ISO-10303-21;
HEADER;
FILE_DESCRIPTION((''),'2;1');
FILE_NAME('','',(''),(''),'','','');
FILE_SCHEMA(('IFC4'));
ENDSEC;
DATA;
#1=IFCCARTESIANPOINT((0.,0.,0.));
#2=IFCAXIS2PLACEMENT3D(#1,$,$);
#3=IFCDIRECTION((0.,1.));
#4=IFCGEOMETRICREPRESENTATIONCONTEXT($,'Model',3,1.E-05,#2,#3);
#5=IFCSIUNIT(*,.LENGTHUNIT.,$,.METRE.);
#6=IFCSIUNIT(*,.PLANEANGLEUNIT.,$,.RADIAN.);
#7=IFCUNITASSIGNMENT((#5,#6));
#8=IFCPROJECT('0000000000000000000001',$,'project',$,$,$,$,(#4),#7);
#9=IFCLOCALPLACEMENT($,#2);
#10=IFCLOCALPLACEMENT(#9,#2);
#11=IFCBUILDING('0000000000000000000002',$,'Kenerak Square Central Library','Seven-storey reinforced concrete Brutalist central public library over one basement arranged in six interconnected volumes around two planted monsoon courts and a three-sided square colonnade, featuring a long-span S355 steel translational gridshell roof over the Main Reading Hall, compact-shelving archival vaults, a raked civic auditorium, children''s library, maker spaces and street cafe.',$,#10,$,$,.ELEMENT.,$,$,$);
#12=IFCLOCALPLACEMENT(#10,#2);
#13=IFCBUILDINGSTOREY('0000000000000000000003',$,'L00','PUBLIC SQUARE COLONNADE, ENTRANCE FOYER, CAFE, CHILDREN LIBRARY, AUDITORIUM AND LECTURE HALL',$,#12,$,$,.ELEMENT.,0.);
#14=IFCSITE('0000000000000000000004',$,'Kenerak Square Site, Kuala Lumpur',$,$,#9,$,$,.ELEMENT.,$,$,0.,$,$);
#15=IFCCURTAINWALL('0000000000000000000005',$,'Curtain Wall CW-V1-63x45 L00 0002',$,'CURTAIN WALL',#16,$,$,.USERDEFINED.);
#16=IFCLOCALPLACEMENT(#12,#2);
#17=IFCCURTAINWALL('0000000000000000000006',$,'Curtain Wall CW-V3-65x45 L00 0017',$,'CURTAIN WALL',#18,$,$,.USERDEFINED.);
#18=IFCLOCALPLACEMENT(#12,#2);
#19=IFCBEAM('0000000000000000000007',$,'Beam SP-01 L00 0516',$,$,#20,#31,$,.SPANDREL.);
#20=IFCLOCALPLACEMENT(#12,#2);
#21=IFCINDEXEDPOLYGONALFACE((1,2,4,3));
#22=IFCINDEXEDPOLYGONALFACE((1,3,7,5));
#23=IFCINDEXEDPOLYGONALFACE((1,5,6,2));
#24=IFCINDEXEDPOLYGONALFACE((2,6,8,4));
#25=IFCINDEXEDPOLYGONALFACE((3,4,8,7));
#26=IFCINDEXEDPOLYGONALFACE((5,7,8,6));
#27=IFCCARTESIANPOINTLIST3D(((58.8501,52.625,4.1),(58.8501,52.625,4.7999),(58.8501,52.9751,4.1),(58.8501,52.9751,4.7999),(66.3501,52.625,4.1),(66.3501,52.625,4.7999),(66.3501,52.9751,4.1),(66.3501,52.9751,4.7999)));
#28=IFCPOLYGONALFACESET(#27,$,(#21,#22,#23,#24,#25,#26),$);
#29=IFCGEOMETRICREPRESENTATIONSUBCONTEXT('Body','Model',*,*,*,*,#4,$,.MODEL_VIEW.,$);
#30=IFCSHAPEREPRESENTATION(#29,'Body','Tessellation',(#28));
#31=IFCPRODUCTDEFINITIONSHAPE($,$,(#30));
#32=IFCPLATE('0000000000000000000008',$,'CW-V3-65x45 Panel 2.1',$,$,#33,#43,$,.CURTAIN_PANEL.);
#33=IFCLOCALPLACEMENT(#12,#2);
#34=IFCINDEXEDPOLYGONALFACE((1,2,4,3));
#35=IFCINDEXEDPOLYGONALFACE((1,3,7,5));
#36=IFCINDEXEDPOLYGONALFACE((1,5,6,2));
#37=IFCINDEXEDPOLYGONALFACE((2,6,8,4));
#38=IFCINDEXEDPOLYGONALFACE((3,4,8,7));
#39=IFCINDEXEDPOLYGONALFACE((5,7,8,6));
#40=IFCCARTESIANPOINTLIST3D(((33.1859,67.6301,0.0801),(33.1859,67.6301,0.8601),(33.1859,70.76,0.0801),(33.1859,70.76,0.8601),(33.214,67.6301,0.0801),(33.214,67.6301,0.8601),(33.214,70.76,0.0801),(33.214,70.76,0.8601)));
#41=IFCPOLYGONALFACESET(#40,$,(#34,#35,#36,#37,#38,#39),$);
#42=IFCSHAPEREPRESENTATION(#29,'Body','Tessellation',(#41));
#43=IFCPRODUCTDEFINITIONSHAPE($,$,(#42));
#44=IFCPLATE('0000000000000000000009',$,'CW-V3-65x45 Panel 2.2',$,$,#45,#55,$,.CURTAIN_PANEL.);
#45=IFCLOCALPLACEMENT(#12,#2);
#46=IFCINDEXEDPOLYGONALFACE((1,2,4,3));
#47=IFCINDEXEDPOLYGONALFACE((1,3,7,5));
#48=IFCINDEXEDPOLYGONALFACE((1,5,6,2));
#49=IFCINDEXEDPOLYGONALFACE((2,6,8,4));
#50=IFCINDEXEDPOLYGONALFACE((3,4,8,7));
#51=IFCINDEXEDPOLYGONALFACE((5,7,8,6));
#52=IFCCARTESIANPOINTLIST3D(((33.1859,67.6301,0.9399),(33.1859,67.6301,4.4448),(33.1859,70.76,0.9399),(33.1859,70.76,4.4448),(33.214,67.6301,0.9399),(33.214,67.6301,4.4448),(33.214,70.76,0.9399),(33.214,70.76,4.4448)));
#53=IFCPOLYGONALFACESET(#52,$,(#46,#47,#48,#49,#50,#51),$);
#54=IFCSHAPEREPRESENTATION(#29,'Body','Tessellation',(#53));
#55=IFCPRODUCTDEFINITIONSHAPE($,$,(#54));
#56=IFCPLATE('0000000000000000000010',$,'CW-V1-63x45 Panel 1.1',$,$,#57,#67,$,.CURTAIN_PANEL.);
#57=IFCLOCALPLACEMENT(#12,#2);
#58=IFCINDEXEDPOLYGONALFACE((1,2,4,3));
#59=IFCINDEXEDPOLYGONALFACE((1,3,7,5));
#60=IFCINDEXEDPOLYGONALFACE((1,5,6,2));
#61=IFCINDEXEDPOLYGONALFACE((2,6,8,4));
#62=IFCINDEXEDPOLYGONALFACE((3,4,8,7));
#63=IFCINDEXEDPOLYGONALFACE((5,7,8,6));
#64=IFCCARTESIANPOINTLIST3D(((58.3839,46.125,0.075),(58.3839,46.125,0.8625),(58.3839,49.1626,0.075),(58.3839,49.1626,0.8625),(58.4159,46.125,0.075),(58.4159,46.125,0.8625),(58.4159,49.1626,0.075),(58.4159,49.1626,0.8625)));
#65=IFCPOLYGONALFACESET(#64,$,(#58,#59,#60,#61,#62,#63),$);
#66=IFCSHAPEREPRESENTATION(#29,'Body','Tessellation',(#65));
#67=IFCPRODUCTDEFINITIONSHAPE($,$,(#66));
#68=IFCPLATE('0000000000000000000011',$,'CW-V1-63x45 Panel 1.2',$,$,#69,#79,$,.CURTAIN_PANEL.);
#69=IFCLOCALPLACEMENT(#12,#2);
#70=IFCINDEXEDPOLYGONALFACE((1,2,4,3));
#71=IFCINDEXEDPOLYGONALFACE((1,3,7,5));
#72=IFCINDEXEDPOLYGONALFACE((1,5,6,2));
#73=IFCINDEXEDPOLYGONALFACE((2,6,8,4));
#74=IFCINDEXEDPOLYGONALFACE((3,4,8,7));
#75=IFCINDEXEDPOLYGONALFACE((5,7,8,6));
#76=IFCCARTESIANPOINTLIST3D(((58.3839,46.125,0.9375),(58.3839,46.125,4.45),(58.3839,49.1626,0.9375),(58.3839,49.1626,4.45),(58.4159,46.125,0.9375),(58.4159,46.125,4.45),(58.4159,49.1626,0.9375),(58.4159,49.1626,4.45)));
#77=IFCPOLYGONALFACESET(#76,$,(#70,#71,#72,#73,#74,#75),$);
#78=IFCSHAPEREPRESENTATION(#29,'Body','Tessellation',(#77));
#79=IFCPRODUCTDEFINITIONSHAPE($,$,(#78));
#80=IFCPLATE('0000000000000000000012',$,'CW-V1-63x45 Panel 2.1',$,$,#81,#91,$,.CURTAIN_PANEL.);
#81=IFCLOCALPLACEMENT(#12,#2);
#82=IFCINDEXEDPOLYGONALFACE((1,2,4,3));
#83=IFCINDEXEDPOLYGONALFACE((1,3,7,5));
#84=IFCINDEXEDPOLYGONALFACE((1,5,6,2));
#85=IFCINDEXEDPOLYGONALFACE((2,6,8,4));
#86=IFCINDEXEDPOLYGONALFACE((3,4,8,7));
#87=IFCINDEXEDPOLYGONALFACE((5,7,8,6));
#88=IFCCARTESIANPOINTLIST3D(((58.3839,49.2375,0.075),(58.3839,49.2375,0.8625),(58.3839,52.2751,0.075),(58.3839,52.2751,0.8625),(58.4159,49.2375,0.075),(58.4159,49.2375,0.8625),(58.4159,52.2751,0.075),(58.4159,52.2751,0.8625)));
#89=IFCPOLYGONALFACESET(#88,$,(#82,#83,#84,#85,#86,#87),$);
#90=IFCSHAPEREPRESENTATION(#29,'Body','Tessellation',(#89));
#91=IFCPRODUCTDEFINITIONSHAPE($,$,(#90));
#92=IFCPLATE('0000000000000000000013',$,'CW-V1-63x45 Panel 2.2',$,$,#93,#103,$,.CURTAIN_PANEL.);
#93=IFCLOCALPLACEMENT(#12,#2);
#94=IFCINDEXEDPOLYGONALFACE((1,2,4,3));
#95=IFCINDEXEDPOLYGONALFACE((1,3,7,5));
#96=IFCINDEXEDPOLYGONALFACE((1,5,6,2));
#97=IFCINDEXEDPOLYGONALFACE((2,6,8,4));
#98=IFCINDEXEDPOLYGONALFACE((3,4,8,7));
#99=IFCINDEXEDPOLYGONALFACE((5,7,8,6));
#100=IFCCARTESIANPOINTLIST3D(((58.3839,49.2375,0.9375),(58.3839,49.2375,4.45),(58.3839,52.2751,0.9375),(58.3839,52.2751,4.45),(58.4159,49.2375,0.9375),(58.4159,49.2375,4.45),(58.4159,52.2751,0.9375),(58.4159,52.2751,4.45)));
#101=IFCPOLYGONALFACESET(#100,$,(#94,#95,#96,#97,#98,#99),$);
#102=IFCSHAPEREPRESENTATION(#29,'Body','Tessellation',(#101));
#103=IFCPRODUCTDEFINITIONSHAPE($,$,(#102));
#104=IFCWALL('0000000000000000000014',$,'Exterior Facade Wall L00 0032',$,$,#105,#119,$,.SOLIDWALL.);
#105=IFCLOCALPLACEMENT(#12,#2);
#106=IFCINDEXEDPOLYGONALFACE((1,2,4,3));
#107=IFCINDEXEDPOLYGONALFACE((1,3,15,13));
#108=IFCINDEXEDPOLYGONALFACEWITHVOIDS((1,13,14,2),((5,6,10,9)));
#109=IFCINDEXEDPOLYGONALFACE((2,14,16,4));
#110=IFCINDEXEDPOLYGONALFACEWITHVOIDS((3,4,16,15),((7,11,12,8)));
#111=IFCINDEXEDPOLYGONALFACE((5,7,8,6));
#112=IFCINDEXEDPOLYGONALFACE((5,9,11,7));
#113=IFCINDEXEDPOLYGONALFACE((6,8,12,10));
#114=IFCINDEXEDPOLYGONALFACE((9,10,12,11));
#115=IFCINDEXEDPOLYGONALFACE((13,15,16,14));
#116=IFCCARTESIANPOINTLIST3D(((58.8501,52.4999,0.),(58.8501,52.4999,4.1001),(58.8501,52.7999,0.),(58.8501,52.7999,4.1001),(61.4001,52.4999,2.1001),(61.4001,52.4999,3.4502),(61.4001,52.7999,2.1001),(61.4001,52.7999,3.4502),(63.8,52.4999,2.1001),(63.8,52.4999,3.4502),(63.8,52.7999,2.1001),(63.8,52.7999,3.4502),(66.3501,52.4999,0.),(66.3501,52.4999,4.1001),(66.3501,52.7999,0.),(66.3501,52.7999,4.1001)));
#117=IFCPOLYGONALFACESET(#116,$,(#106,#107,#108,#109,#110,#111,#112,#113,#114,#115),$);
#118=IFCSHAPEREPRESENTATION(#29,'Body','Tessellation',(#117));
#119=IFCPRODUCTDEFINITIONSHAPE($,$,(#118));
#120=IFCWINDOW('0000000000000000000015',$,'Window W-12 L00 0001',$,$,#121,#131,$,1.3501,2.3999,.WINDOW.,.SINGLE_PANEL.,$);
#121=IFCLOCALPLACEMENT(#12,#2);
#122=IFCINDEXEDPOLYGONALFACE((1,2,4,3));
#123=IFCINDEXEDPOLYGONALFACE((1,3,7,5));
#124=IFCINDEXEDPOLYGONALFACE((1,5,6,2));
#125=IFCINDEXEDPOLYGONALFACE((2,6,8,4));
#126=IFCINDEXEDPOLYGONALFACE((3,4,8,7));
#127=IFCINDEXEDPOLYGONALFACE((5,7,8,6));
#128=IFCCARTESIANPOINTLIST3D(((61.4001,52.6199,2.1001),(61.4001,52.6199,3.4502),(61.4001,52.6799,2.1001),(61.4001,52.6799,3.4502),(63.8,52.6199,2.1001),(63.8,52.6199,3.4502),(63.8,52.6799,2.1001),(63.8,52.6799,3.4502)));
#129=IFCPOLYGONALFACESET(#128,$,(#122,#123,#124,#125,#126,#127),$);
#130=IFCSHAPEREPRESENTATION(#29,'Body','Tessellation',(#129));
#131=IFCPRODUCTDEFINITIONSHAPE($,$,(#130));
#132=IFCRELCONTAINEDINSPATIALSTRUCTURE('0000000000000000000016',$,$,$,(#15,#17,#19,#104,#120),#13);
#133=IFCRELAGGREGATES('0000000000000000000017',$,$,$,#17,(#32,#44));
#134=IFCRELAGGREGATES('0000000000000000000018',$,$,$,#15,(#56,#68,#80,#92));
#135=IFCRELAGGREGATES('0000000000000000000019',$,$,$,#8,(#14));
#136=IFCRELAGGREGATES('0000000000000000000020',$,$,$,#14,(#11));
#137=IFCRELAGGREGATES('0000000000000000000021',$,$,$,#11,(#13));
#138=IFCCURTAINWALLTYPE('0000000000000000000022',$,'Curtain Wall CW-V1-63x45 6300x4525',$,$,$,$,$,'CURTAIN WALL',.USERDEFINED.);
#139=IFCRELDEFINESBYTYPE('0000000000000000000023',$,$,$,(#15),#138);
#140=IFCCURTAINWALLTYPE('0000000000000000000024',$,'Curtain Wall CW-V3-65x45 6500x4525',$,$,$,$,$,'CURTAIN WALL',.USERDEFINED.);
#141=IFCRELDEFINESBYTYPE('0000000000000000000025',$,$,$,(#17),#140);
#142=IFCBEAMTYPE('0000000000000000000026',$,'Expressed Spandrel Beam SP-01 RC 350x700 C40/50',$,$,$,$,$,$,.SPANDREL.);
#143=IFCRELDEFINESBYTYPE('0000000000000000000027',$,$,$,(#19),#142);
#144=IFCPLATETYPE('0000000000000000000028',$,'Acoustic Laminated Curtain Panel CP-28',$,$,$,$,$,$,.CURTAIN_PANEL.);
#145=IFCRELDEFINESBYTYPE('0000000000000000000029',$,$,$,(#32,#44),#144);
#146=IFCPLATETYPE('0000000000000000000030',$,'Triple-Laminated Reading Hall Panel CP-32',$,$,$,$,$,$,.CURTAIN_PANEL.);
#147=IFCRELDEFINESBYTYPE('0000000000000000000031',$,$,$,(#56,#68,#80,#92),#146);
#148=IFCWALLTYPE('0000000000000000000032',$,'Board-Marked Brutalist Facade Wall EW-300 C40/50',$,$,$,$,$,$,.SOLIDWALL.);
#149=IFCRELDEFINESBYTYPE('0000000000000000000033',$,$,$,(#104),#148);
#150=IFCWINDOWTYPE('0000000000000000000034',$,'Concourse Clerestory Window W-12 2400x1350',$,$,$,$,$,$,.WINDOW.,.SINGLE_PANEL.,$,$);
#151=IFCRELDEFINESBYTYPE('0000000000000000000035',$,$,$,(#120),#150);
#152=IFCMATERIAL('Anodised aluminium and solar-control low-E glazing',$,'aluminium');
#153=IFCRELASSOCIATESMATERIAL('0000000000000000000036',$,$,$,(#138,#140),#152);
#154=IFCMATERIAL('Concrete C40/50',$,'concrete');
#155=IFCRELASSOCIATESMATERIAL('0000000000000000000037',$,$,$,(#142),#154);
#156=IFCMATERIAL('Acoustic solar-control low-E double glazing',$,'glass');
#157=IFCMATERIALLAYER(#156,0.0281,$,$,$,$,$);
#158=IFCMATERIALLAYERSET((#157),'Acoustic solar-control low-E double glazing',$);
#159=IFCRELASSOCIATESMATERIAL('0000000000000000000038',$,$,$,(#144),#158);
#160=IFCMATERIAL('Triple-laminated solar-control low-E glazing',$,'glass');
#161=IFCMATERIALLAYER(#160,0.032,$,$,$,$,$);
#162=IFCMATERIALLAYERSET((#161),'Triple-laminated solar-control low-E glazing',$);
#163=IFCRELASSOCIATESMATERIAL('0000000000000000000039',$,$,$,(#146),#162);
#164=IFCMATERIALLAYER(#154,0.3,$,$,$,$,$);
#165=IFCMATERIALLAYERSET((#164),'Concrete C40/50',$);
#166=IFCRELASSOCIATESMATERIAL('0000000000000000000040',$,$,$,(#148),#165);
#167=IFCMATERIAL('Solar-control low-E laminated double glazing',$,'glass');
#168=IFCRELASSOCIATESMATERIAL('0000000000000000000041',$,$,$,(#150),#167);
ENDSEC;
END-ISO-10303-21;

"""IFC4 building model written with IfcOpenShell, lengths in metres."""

from ifc_helpers import new_model, si_unit, direction, frame, frame_2d, origin, origin_2d, place, context, subcontext, project, spatial, rectangle, extrude, material, layer, layer_set, material_profile, profile_set, type_object, element, fill, aggregate, save


model = new_model("IFC4")

# Units and contexts
model_context = context("Model", 3, precision=1e-05, world=origin(), true_north=direction((0.0, 1.0)))
body_context = subcontext(model_context, "Body", "Model", "MODEL_VIEW")
ifc_project = project(units=[si_unit("LENGTHUNIT", "METRE"), si_unit("PLANEANGLEUNIT", "RADIAN")], contexts=[model_context])

# Site, building, storey
site_placement = place(None, origin())
site = spatial("IfcSite", under=ifc_project, at=site_placement, Name="Kenerak Square Site, Kuala Lumpur", CompositionType="ELEMENT", RefElevation=0.0)
building_placement = place(site_placement, origin())
building = spatial("IfcBuilding", under=site, at=building_placement, Name="Kenerak Square Central Library", Description="Seven-storey reinforced concrete Brutalist central public library over one basement arranged in six interconnected volumes around two planted monsoon courts and a three-sided square colonnade, featuring a long-span S355 steel translational gridshell roof over the Main Reading Hall, compact-shelving archival vaults, a raked civic auditorium, children's library, maker spaces and street cafe.", CompositionType="ELEMENT")
storey_placement = place(building_placement, origin())
storey = spatial("IfcBuildingStorey", under=building, at=storey_placement, Name="L00", Description="PUBLIC SQUARE COLONNADE, ENTRANCE FOYER, CAFE, CHILDREN LIBRARY, AUDITORIUM AND LECTURE HALL", CompositionType="ELEMENT", Elevation=0.0)

# Shared definitions
ifc_material_1 = material(Name="Concrete C40/50", Category="concrete")

# Curtain wall
ifc_material_2 = material(Name="Anodised aluminium and solar-control low-E glazing", Category="aluminium")
curtain_wall_type_1 = type_object("IfcCurtainWallType", Name="Curtain Wall CW-V1-63x45 6300x4525", ElementType="CURTAIN WALL", PredefinedType="USERDEFINED", material=ifc_material_2)
curtain_wall_1_placement = place(storey_placement, origin())
curtain_wall_1 = element("IfcCurtainWall", 1, at=curtain_wall_1_placement, inside=storey, type_object=curtain_wall_type_1, Name="Curtain Wall CW-V1-63x45 L00 0002", ObjectType="CURTAIN WALL", PredefinedType="USERDEFINED")

# Curtain wall
curtain_wall_type_2 = type_object("IfcCurtainWallType", Name="Curtain Wall CW-V3-65x45 6500x4525", ElementType="CURTAIN WALL", PredefinedType="USERDEFINED", material=ifc_material_2)
curtain_wall_2_placement = place(storey_placement, origin())
curtain_wall_2 = element("IfcCurtainWall", 2, at=curtain_wall_2_placement, inside=storey, type_object=curtain_wall_type_2, Name="Curtain Wall CW-V3-65x45 L00 0017", ObjectType="CURTAIN WALL", PredefinedType="USERDEFINED")

# Beam
ifc_material_profile_1 = material_profile(ifc_material_1, rectangle(XDim=0.3501, YDim=0.7, at=origin_2d()), Name="RC 350x700")
ifc_profile_set_1 = profile_set([ifc_material_profile_1], Name="Concrete C40/50")
beam_type_1 = type_object("IfcBeamType", Name="Expressed Spandrel Beam SP-01 RC 350x700 C40/50", PredefinedType="SPANDREL", material=ifc_profile_set_1)
beam_1_placement = place(storey_placement, frame((58.8501, 52.8, 4.45), z_axis=(1.0, 0.0, 0.0), x_axis=(0.0, 1.0, 0.0)))
element("IfcBeam", 3, at=beam_1_placement, inside=storey, type_object=beam_type_1, Name="Beam SP-01 L00 0516", PredefinedType="SPANDREL", context=body_context, shape_type="SweptSolid", body=[
    extrude(rectangle(XDim=0.3501, YDim=0.7, at=origin_2d()), origin(), (0.0, 0.0, 1.0), 7.5),
])

# Plates
ifc_material_3 = material(Name="Acoustic solar-control low-E double glazing", Category="glass")
ifc_layer_1 = layer(ifc_material_3, 0.0281)
ifc_layer_set_1 = layer_set([ifc_layer_1], Name="Acoustic solar-control low-E double glazing")
plate_type_1 = type_object("IfcPlateType", Name="Acoustic Laminated Curtain Panel CP-28", PredefinedType="CURTAIN_PANEL", material=ifc_layer_set_1)
plate_1_placement = place(storey_placement, frame((33.2, 69.1951, 0.0801), z_axis=(0.0, 0.0, 1.0), x_axis=(0.0, -1.0, 0.0)))
plate_1 = element("IfcPlate", 4, at=plate_1_placement, type_object=plate_type_1, Name="CW-V3-65x45 Panel 2.1", PredefinedType="CURTAIN_PANEL", context=body_context, shape_type="SweptSolid", body=[
    extrude(rectangle(XDim=3.1299, YDim=0.0281, at=origin_2d()), origin(), (0.0, 0.0, 1.0), 0.78),
])
plate_2_placement = place(storey_placement, frame((33.2, 69.1951, 0.9399), z_axis=(0.0, 0.0, 1.0), x_axis=(0.0, -1.0, 0.0)))
plate_2 = element("IfcPlate", 5, at=plate_2_placement, type_object=plate_type_1, Name="CW-V3-65x45 Panel 2.2", PredefinedType="CURTAIN_PANEL", context=body_context, shape_type="SweptSolid", body=[
    extrude(rectangle(XDim=3.1299, YDim=0.0281, at=origin_2d()), origin(), (0.0, 0.0, 1.0), 3.5049),
])
aggregate(curtain_wall_2, [plate_1, plate_2])
ifc_material_4 = material(Name="Triple-laminated solar-control low-E glazing", Category="glass")
ifc_layer_2 = layer(ifc_material_4, 0.032)
ifc_layer_set_2 = layer_set([ifc_layer_2], Name="Triple-laminated solar-control low-E glazing")
plate_type_2 = type_object("IfcPlateType", Name="Triple-Laminated Reading Hall Panel CP-32", PredefinedType="CURTAIN_PANEL", material=ifc_layer_set_2)
plate_3_placement = place(storey_placement, frame((58.3999, 47.6438, 0.075), z_axis=(0.0, 0.0, 1.0), x_axis=(0.0, 1.0, 0.0)))
plate_3 = element("IfcPlate", 6, at=plate_3_placement, type_object=plate_type_2, Name="CW-V1-63x45 Panel 1.1", PredefinedType="CURTAIN_PANEL", context=body_context, shape_type="SweptSolid", body=[
    extrude(rectangle(XDim=3.0376, YDim=0.032, at=origin_2d()), origin(), (0.0, 0.0, 1.0), 0.7876),
])
plate_4_placement = place(storey_placement, frame((58.3999, 47.6438, 0.9375), z_axis=(0.0, 0.0, 1.0), x_axis=(0.0, 1.0, 0.0)))
plate_4 = element("IfcPlate", 7, at=plate_4_placement, type_object=plate_type_2, Name="CW-V1-63x45 Panel 1.2", PredefinedType="CURTAIN_PANEL", context=body_context, shape_type="SweptSolid", body=[
    extrude(rectangle(XDim=3.0376, YDim=0.032, at=origin_2d()), origin(), (0.0, 0.0, 1.0), 3.5125),
])
plate_5_placement = place(storey_placement, frame((58.3999, 50.7563, 0.075), z_axis=(0.0, 0.0, 1.0), x_axis=(0.0, 1.0, 0.0)))
plate_5 = element("IfcPlate", 8, at=plate_5_placement, type_object=plate_type_2, Name="CW-V1-63x45 Panel 2.1", PredefinedType="CURTAIN_PANEL", context=body_context, shape_type="SweptSolid", body=[
    extrude(rectangle(XDim=3.0376, YDim=0.032, at=origin_2d()), origin(), (0.0, 0.0, 1.0), 0.7876),
])
plate_6_placement = place(storey_placement, frame((58.3999, 50.7563, 0.9375), z_axis=(0.0, 0.0, 1.0), x_axis=(0.0, 1.0, 0.0)))
plate_6 = element("IfcPlate", 9, at=plate_6_placement, type_object=plate_type_2, Name="CW-V1-63x45 Panel 2.2", PredefinedType="CURTAIN_PANEL", context=body_context, shape_type="SweptSolid", body=[
    extrude(rectangle(XDim=3.0376, YDim=0.032, at=origin_2d()), origin(), (0.0, 0.0, 1.0), 3.5125),
])
aggregate(curtain_wall_1, [plate_3, plate_4, plate_5, plate_6])

# Wall, opening, window
ifc_layer_3 = layer(ifc_material_1, 0.3)
ifc_layer_set_3 = layer_set([ifc_layer_3], Name="Concrete C40/50")
wall_type = type_object("IfcWallType", Name="Board-Marked Brutalist Facade Wall EW-300 C40/50", PredefinedType="SOLIDWALL", material=ifc_layer_set_3)
wall_placement = place(storey_placement, frame((58.8501, 52.6499, 0.0), z_axis=(0.0, 0.0, 1.0), x_axis=(1.0, 0.0, 0.0)))
wall = element("IfcWall", 10, at=wall_placement, inside=storey, type_object=wall_type, Name="Exterior Facade Wall L00 0032", PredefinedType="SOLIDWALL", context=body_context, shape_type="SweptSolid", body=[
    extrude(rectangle(XDim=7.5, YDim=0.3, at=frame_2d((3.75, 0.0))), origin(), (0.0, 0.0, 1.0), 4.1001),
])
opening_placement = place(wall_placement, frame((2.55, 0.0, 2.1001)))
opening = element("IfcOpeningElement", 11, at=opening_placement, cuts=wall, PredefinedType="OPENING", context=body_context, shape_type="SweptSolid", body=[
    extrude(rectangle(XDim=2.3999, YDim=1.3501, at=frame_2d((1.2, 0.675))), frame((0.0, 0.1599, 0.0), z_axis=(0.0, -1.0, 0.0), x_axis=(1.0, 0.0, 0.0)), (0.0, 0.0, 1.0), 0.3201),
])
ifc_material_5 = material(Name="Solar-control low-E laminated double glazing", Category="glass")
window_type = type_object("IfcWindowType", Name="Concourse Clerestory Window W-12 2400x1350", PartitioningType="SINGLE_PANEL", PredefinedType="WINDOW", material=ifc_material_5)
window_placement = place(opening_placement, origin())
window = element("IfcWindow", 12, at=window_placement, inside=storey, type_object=window_type, Name="Window W-12 L00 0001", OverallHeight=1.3501, OverallWidth=2.3999, PartitioningType="SINGLE_PANEL", PredefinedType="WINDOW", context=body_context, shape_type="SweptSolid", body=[
    extrude(rectangle(XDim=2.3999, YDim=1.3501, at=frame_2d((1.2, 0.675))), frame((0.0, 0.03, 0.0), z_axis=(0.0, -1.0, 0.0), x_axis=(1.0, 0.0, 0.0)), (0.0, 0.0, 1.0), 0.0601),
])
fill(opening, window)

save(model, "model.ifc")
